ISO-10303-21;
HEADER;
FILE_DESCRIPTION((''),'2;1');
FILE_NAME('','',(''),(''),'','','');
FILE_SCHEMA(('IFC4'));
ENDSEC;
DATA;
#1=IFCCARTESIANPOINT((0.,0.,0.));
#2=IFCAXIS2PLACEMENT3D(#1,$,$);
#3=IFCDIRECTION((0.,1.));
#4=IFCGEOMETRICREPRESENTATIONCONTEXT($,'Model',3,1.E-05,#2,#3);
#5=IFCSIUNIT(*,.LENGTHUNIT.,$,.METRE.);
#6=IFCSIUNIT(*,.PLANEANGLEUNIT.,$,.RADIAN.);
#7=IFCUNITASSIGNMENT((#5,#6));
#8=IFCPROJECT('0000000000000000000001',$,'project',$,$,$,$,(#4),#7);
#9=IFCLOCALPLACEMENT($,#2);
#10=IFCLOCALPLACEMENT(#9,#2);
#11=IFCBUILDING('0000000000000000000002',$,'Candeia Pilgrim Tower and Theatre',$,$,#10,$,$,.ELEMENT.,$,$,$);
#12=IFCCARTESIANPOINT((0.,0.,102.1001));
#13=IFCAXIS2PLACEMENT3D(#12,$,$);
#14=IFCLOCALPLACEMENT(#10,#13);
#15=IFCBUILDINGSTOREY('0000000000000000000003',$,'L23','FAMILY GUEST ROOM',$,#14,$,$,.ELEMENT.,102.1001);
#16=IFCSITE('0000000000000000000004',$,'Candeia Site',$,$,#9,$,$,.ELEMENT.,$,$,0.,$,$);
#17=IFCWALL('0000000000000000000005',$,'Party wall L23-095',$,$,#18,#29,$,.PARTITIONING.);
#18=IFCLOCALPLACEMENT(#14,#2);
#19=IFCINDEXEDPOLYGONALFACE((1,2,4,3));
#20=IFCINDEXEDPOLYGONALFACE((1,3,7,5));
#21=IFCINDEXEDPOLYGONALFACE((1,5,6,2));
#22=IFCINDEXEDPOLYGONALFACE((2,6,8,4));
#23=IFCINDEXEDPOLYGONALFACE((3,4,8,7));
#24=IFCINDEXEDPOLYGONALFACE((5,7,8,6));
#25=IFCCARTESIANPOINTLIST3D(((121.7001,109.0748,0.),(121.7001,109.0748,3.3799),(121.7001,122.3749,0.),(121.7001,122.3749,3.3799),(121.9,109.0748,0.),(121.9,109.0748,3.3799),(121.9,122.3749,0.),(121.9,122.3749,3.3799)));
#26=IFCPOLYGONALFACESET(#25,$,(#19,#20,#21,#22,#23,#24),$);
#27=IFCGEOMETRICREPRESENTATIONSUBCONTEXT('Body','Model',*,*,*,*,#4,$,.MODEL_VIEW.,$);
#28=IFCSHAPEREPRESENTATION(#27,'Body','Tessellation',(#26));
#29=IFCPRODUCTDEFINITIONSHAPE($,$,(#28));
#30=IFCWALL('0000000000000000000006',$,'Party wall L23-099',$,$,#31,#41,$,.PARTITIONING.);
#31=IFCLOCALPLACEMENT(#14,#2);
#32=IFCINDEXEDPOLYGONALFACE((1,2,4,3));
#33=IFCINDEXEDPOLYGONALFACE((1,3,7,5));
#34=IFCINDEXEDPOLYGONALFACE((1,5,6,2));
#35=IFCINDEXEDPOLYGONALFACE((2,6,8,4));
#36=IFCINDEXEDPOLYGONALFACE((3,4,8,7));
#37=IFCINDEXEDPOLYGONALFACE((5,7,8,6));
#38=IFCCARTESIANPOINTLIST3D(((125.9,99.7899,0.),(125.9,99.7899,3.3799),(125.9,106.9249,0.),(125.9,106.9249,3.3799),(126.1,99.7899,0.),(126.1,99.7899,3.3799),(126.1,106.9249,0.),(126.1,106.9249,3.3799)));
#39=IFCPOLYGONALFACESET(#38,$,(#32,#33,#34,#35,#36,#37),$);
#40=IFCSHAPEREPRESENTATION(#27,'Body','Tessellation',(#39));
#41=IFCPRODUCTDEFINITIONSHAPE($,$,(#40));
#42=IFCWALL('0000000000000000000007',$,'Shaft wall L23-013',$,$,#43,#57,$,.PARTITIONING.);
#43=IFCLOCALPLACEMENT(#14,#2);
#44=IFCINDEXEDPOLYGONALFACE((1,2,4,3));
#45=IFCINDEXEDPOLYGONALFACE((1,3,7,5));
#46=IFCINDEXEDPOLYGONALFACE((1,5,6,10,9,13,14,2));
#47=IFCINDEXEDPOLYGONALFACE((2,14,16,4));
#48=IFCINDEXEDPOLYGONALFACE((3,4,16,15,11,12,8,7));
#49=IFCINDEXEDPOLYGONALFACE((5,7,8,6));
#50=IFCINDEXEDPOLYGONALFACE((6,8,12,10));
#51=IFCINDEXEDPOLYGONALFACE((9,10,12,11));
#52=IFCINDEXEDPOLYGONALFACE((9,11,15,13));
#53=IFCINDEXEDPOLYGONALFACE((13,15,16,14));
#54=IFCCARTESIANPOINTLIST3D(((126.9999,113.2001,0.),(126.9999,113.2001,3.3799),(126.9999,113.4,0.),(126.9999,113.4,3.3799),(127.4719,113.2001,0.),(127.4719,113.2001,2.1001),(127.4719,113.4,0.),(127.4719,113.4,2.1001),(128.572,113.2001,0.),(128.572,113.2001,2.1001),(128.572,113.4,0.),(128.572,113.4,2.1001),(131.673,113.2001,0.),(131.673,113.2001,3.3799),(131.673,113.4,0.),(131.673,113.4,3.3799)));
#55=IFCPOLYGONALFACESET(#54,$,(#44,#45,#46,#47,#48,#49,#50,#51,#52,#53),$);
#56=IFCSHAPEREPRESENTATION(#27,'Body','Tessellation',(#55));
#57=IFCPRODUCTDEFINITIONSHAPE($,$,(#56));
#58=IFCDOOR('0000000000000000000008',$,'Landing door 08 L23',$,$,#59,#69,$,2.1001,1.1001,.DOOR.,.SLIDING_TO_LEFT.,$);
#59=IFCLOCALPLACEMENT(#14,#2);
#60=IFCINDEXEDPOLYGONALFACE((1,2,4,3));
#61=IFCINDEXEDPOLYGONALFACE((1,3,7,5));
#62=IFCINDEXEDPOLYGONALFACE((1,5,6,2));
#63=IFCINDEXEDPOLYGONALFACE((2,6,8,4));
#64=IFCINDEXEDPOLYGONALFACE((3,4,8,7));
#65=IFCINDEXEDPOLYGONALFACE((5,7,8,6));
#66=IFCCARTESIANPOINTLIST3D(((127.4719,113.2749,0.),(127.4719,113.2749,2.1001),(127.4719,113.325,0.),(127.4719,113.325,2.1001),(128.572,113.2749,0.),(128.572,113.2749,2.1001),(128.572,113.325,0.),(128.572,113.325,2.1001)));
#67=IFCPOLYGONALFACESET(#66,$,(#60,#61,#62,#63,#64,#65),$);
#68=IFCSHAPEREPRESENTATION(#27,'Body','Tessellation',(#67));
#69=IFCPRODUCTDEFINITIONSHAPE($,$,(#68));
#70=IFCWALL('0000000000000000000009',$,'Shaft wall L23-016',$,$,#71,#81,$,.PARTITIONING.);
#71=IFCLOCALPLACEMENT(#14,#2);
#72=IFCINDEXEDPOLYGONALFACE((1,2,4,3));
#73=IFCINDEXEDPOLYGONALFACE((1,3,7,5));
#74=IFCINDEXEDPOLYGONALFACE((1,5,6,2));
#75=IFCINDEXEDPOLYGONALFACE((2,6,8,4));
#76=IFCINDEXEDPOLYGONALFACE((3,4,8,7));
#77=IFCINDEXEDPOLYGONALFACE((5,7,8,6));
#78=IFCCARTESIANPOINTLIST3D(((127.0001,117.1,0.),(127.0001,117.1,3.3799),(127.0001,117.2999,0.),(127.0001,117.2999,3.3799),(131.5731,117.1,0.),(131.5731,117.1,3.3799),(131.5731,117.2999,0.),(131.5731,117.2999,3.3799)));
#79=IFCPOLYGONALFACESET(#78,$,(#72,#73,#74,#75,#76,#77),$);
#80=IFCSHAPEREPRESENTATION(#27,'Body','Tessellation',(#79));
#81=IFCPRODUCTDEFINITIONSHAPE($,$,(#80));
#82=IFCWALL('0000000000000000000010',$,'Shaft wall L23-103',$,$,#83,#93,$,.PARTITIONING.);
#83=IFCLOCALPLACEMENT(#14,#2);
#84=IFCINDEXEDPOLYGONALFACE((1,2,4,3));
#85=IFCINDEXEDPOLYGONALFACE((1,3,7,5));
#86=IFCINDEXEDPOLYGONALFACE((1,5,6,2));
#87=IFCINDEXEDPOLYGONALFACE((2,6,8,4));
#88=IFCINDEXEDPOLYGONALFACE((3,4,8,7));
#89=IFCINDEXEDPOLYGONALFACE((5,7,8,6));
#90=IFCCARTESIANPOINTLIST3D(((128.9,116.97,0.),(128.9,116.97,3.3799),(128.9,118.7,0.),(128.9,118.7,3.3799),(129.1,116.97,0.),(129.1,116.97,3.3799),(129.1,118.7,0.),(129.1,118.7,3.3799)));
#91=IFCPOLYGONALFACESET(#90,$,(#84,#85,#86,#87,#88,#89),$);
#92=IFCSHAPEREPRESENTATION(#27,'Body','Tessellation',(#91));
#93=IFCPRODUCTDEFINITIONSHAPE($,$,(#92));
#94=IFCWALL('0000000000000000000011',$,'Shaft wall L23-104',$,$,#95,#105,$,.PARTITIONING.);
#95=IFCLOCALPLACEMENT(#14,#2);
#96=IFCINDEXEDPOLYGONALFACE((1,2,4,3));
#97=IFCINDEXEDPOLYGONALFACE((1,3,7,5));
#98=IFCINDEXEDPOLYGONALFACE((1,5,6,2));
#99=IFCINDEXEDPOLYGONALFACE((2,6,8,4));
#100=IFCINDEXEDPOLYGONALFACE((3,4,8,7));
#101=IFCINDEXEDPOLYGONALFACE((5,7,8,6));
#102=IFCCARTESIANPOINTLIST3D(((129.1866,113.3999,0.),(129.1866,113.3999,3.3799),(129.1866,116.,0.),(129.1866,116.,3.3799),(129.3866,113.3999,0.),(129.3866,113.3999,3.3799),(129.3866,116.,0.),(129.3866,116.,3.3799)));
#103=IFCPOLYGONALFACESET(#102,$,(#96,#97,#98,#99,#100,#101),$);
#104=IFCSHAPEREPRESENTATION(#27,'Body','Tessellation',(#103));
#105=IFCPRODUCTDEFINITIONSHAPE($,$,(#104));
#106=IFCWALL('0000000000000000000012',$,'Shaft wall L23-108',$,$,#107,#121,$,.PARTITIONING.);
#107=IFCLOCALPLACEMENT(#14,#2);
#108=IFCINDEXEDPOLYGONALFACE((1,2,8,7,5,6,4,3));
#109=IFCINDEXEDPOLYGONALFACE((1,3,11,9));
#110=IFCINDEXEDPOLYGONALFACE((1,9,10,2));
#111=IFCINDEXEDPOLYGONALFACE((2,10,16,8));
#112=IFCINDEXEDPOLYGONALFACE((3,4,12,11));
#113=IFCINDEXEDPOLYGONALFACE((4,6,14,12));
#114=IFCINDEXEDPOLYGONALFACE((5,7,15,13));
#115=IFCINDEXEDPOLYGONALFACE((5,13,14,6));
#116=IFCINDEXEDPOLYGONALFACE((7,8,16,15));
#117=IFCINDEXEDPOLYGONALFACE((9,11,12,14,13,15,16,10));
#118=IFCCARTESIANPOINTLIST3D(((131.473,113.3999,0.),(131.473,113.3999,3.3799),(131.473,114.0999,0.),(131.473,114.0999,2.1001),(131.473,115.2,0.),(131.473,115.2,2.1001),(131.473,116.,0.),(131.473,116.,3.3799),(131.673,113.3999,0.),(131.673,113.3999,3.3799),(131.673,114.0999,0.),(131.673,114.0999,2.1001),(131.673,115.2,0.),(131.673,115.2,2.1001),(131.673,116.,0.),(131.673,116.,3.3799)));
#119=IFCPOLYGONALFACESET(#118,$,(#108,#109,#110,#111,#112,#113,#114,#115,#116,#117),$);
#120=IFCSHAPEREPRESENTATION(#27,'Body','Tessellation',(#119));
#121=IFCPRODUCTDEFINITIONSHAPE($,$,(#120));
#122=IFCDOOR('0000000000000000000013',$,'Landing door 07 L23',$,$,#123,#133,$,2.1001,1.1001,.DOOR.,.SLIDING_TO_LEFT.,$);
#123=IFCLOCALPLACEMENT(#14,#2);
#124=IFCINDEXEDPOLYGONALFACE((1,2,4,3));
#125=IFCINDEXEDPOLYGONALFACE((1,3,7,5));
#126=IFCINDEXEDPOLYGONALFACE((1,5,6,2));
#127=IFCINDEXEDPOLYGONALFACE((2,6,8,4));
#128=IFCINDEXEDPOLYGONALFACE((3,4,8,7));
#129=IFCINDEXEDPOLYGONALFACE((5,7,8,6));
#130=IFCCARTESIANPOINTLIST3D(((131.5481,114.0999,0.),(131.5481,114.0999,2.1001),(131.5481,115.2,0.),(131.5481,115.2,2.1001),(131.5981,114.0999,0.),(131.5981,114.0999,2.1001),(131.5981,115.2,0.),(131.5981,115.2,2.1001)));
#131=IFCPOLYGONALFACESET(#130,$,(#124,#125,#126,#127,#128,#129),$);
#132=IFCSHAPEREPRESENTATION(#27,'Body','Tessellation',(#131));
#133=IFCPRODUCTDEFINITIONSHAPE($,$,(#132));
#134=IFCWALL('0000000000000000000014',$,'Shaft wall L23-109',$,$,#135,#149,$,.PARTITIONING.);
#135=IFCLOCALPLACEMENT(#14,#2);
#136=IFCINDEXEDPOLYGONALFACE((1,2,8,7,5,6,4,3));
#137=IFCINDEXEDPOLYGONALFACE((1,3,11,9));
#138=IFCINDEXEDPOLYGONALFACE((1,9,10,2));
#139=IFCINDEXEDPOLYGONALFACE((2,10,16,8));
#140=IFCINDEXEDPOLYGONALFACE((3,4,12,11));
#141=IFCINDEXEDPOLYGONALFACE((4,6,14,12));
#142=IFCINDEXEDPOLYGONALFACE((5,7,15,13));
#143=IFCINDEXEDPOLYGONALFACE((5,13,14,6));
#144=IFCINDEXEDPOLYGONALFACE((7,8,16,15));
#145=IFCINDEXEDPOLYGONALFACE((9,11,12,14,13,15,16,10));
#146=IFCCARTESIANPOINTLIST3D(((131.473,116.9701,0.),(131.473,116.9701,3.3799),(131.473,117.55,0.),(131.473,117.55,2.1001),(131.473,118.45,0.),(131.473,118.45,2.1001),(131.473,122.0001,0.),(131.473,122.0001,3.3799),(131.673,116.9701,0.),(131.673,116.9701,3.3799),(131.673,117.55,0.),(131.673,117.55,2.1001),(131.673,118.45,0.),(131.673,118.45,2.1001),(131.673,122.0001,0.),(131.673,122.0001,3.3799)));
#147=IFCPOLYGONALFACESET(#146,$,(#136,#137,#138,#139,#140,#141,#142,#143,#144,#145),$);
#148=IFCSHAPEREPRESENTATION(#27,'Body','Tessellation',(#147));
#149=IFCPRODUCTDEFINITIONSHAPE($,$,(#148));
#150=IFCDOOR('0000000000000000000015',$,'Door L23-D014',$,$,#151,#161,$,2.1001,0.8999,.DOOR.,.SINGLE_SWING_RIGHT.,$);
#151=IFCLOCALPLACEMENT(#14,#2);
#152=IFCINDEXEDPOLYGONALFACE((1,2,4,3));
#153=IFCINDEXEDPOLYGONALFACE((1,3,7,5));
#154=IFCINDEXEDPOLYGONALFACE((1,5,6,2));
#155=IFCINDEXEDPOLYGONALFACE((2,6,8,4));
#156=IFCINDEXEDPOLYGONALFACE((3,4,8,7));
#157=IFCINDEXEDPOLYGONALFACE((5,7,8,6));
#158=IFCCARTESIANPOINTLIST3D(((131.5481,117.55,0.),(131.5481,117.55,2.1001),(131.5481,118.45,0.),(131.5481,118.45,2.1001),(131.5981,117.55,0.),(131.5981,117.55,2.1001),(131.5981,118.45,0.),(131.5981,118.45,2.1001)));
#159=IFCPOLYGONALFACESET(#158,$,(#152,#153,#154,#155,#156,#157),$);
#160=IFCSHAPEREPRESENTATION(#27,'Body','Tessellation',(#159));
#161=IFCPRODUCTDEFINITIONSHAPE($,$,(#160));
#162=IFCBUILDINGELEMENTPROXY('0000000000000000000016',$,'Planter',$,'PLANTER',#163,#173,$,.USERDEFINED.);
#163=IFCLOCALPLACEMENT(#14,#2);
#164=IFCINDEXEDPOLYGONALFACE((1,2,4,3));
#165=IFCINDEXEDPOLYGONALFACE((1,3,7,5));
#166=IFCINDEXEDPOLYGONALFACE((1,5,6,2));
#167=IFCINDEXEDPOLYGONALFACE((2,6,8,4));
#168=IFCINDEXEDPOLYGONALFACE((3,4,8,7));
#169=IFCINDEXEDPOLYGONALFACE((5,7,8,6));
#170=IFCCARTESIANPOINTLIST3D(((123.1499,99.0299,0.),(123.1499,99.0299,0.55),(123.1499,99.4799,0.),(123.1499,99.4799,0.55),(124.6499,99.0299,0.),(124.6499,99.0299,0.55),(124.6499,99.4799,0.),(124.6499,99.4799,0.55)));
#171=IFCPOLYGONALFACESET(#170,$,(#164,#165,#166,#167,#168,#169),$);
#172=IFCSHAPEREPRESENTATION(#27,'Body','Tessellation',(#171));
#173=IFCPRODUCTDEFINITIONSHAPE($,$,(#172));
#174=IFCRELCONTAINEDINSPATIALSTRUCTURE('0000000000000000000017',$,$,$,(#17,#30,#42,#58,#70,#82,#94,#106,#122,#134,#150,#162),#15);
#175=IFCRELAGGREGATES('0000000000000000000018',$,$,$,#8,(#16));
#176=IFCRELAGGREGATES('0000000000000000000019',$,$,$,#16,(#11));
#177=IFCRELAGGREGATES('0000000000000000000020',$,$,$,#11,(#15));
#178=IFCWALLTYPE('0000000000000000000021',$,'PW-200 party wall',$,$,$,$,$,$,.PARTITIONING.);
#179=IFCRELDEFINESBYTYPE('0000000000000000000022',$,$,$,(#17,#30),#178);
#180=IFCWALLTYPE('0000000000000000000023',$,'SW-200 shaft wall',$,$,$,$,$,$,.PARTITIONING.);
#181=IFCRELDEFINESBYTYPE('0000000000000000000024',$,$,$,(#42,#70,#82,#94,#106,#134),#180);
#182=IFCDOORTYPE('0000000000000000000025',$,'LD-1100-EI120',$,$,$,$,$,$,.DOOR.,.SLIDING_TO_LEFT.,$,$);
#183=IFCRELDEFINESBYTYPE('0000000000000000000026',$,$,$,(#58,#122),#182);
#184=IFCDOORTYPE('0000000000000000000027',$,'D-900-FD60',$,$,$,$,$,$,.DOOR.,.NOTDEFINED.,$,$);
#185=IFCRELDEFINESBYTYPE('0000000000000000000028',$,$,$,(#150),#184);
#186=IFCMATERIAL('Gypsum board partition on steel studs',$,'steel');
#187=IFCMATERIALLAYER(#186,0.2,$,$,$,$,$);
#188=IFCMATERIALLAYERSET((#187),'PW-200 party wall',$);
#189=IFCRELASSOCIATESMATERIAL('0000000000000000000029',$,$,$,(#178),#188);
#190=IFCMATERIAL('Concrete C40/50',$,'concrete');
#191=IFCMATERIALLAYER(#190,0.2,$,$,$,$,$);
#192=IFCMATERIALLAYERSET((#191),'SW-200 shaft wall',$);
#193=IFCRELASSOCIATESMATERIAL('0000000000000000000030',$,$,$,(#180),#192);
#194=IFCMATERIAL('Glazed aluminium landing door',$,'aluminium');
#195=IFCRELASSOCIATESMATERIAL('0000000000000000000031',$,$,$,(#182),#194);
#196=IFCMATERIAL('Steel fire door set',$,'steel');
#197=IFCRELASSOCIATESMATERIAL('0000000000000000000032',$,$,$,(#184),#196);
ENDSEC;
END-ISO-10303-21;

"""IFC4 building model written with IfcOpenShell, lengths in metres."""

from ifc_helpers import new_model, si_unit, direction, frame, frame_2d, origin, origin_2d, place, context, subcontext, project, spatial, rectangle, extrude, material, layer, layer_set, type_object, element, fill, save


model = new_model("IFC4")

# Units and contexts
model_context = context("Model", 3, precision=1e-05, world=origin(), true_north=direction((0.0, 1.0)))
body_context = subcontext(model_context, "Body", "Model", "MODEL_VIEW")
ifc_project = project(units=[si_unit("LENGTHUNIT", "METRE"), si_unit("PLANEANGLEUNIT", "RADIAN")], contexts=[model_context])

# Site, building, storey
site_placement = place(None, origin())
site = spatial("IfcSite", under=ifc_project, at=site_placement, Name="Candeia Site", CompositionType="ELEMENT", RefElevation=0.0)
building_placement = place(site_placement, origin())
building = spatial("IfcBuilding", under=site, at=building_placement, Name="Candeia Pilgrim Tower and Theatre", CompositionType="ELEMENT")
storey_placement = place(building_placement, frame((0.0, 0.0, 102.1001)))
storey = spatial("IfcBuildingStorey", under=building, at=storey_placement, Name="L23", Description="FAMILY GUEST ROOM", CompositionType="ELEMENT", Elevation=102.1001)

# Shared definitions
ifc_material_1 = material(Name="Steel fire door set", Category="steel")

# Shared definitions
ifc_material_2 = material(Name="Gypsum board partition on steel studs", Category="steel")

# Walls
ifc_layer_1 = layer(ifc_material_2, 0.2)
ifc_layer_set_1 = layer_set([ifc_layer_1], Name="PW-200 party wall")
wall_type_1 = type_object("IfcWallType", Name="PW-200 party wall", PredefinedType="PARTITIONING", material=ifc_layer_set_1)
wall_1_placement = place(storey_placement, frame((121.8, 109.075, 0.0), z_axis=(0.0, 0.0, 1.0), x_axis=(0.0, 1.0, 0.0)))
element("IfcWall", 1, at=wall_1_placement, inside=storey, type_object=wall_type_1, Name="Party wall L23-095", PredefinedType="PARTITIONING", context=body_context, shape_type="SweptSolid", body=[
    extrude(rectangle(XDim=13.3, YDim=0.2, at=frame_2d((6.6499, 0.0))), origin(), (0.0, 0.0, 1.0), 3.3799),
])
wall_2_placement = place(storey_placement, frame((126.0, 99.79, 0.0), z_axis=(0.0, 0.0, 1.0), x_axis=(0.0, 1.0, 0.0)))
element("IfcWall", 2, at=wall_2_placement, inside=storey, type_object=wall_type_1, Name="Party wall L23-099", PredefinedType="PARTITIONING", context=body_context, shape_type="SweptSolid", body=[
    extrude(rectangle(XDim=7.135, YDim=0.2, at=frame_2d((3.5674, 0.0))), origin(), (0.0, 0.0, 1.0), 3.3799),
])

# Wall, opening, door
ifc_material_3 = material(Name="Concrete C40/50", Category="concrete")
ifc_layer_2 = layer(ifc_material_3, 0.2)
ifc_layer_set_2 = layer_set([ifc_layer_2], Name="SW-200 shaft wall")
wall_type_2 = type_object("IfcWallType", Name="SW-200 shaft wall", PredefinedType="PARTITIONING", material=ifc_layer_set_2)
wall_3_placement = place(storey_placement, frame((127.0, 113.3, 0.0), z_axis=(0.0, 0.0, 1.0), x_axis=(1.0, 0.0, 0.0)))
wall_3 = element("IfcWall", 3, at=wall_3_placement, inside=storey, type_object=wall_type_2, Name="Shaft wall L23-013", PredefinedType="PARTITIONING", context=body_context, shape_type="SweptSolid", body=[
    extrude(rectangle(XDim=4.6731, YDim=0.2, at=frame_2d((2.3364, 0.0))), origin(), (0.0, 0.0, 1.0), 3.3799),
])
opening_1_placement = place(wall_3_placement, frame((0.4719, 0.0, 0.0)))
opening_1 = element("IfcOpeningElement", 4, at=opening_1_placement, cuts=wall_3, PredefinedType="OPENING", context=body_context, shape_type="SweptSolid", body=[
    extrude(rectangle(XDim=1.1001, YDim=2.1001, at=frame_2d((0.55, 1.05))), frame((0.0, 0.1099, 0.0), z_axis=(0.0, -1.0, 0.0), x_axis=(1.0, 0.0, 0.0)), (0.0, 0.0, 1.0), 0.22),
])
ifc_material_4 = material(Name="Glazed aluminium landing door", Category="aluminium")
door_type_1 = type_object("IfcDoorType", Name="LD-1100-EI120", OperationType="SLIDING_TO_LEFT", PredefinedType="DOOR", material=ifc_material_4)
door_1_placement = place(opening_1_placement, origin())
door_1 = element("IfcDoor", 5, at=door_1_placement, inside=storey, type_object=door_type_1, Name="Landing door 08 L23", OperationType="SLIDING_TO_LEFT", OverallHeight=2.1001, OverallWidth=1.1001, PredefinedType="DOOR", context=body_context, shape_type="SweptSolid", body=[
    extrude(rectangle(XDim=1.1001, YDim=2.1001, at=frame_2d((0.55, 1.05))), frame((0.0, 0.0249, 0.0), z_axis=(0.0, -1.0, 0.0), x_axis=(1.0, 0.0, 0.0)), (0.0, 0.0, 1.0), 0.05),
])
fill(opening_1, door_1)

# Walls
wall_4_placement = place(storey_placement, frame((127.0, 117.2, 0.0), z_axis=(0.0, 0.0, 1.0), x_axis=(1.0, 0.0, 0.0)))
element("IfcWall", 6, at=wall_4_placement, inside=storey, type_object=wall_type_2, Name="Shaft wall L23-016", PredefinedType="PARTITIONING", context=body_context, shape_type="SweptSolid", body=[
    extrude(rectangle(XDim=4.573, YDim=0.2, at=frame_2d((2.2866, 0.0))), origin(), (0.0, 0.0, 1.0), 3.3799),
])
wall_5_placement = place(storey_placement, frame((129.0, 116.97, 0.0), z_axis=(0.0, 0.0, 1.0), x_axis=(0.0, 1.0, 0.0)))
element("IfcWall", 7, at=wall_5_placement, inside=storey, type_object=wall_type_2, Name="Shaft wall L23-103", PredefinedType="PARTITIONING", context=body_context, shape_type="SweptSolid", body=[
    extrude(rectangle(XDim=1.73, YDim=0.2, at=frame_2d((0.865, 0.0))), origin(), (0.0, 0.0, 1.0), 3.3799),
])
wall_6_placement = place(storey_placement, frame((129.2866, 113.3999, 0.0), z_axis=(0.0, 0.0, 1.0), x_axis=(0.0, 1.0, 0.0)))
element("IfcWall", 8, at=wall_6_placement, inside=storey, type_object=wall_type_2, Name="Shaft wall L23-104", PredefinedType="PARTITIONING", context=body_context, shape_type="SweptSolid", body=[
    extrude(rectangle(XDim=2.6001, YDim=0.2, at=frame_2d((1.3, 0.0))), origin(), (0.0, 0.0, 1.0), 3.3799),
])

# Walls, openings, doors
wall_7_placement = place(storey_placement, frame((131.573, 113.3999, 0.0), z_axis=(0.0, 0.0, 1.0), x_axis=(0.0, 1.0, 0.0)))
wall_7 = element("IfcWall", 9, at=wall_7_placement, inside=storey, type_object=wall_type_2, Name="Shaft wall L23-108", PredefinedType="PARTITIONING", context=body_context, shape_type="SweptSolid", body=[
    extrude(rectangle(XDim=2.6001, YDim=0.2, at=frame_2d((1.3, 0.0))), origin(), (0.0, 0.0, 1.0), 3.3799),
])
opening_2_placement = place(wall_7_placement, frame((0.7, 0.0, 0.0)))
opening_2 = element("IfcOpeningElement", 10, at=opening_2_placement, cuts=wall_7, PredefinedType="OPENING", context=body_context, shape_type="SweptSolid", body=[
    extrude(rectangle(XDim=1.1001, YDim=2.1001, at=frame_2d((0.55, 1.05))), frame((0.0, 0.1099, 0.0), z_axis=(0.0, -1.0, 0.0), x_axis=(1.0, 0.0, 0.0)), (0.0, 0.0, 1.0), 0.22),
])
door_2_placement = place(opening_2_placement, origin())
door_2 = element("IfcDoor", 11, at=door_2_placement, inside=storey, type_object=door_type_1, Name="Landing door 07 L23", OperationType="SLIDING_TO_LEFT", OverallHeight=2.1001, OverallWidth=1.1001, PredefinedType="DOOR", context=body_context, shape_type="SweptSolid", body=[
    extrude(rectangle(XDim=1.1001, YDim=2.1001, at=frame_2d((0.55, 1.05))), frame((0.0, 0.0249, 0.0), z_axis=(0.0, -1.0, 0.0), x_axis=(1.0, 0.0, 0.0)), (0.0, 0.0, 1.0), 0.05),
])
fill(opening_2, door_2)
wall_8_placement = place(storey_placement, frame((131.573, 116.97, 0.0), z_axis=(0.0, 0.0, 1.0), x_axis=(0.0, 1.0, 0.0)))
wall_8 = element("IfcWall", 12, at=wall_8_placement, inside=storey, type_object=wall_type_2, Name="Shaft wall L23-109", PredefinedType="PARTITIONING", context=body_context, shape_type="SweptSolid", body=[
    extrude(rectangle(XDim=5.03, YDim=0.2, at=frame_2d((2.5151, 0.0))), origin(), (0.0, 0.0, 1.0), 3.3799),
])
opening_3_placement = place(wall_8_placement, frame((0.5801, 0.0, 0.0)))
opening_3 = element("IfcOpeningElement", 13, at=opening_3_placement, cuts=wall_8, PredefinedType="OPENING", context=body_context, shape_type="SweptSolid", body=[
    extrude(rectangle(XDim=0.8999, YDim=2.1001, at=frame_2d((0.45, 1.05))), frame((0.0, 0.1099, 0.0), z_axis=(0.0, -1.0, 0.0), x_axis=(1.0, 0.0, 0.0)), (0.0, 0.0, 1.0), 0.22),
])
door_type_2 = type_object("IfcDoorType", Name="D-900-FD60", OperationType="NOTDEFINED", PredefinedType="DOOR", material=ifc_material_1)
door_3_placement = place(opening_3_placement, origin())
door_3 = element("IfcDoor", 14, at=door_3_placement, inside=storey, type_object=door_type_2, Name="Door L23-D014", OperationType="SINGLE_SWING_RIGHT", OverallHeight=2.1001, OverallWidth=0.8999, PredefinedType="DOOR", context=body_context, shape_type="SweptSolid", body=[
    extrude(rectangle(XDim=0.8999, YDim=2.1001, at=frame_2d((0.45, 1.05))), frame((0.0, 0.0249, 0.0), z_axis=(0.0, -1.0, 0.0), x_axis=(1.0, 0.0, 0.0)), (0.0, 0.0, 1.0), 0.05),
])
fill(opening_3, door_3)

# Building element proxy
proxy_placement = place(storey_placement, frame((123.8999, 99.2549, 0.0), z_axis=(0.0, 0.0, 1.0), x_axis=(1.0, 0.0, 0.0)))
element("IfcBuildingElementProxy", 15, at=proxy_placement, inside=storey, Name="Planter", ObjectType="PLANTER", PredefinedType="USERDEFINED", context=body_context, shape_type="SweptSolid", body=[
    extrude(rectangle(XDim=1.5, YDim=0.45, at=origin_2d()), origin(), (0.0, 0.0, 1.0), 0.55),
])

save(model, "model.ifc")
